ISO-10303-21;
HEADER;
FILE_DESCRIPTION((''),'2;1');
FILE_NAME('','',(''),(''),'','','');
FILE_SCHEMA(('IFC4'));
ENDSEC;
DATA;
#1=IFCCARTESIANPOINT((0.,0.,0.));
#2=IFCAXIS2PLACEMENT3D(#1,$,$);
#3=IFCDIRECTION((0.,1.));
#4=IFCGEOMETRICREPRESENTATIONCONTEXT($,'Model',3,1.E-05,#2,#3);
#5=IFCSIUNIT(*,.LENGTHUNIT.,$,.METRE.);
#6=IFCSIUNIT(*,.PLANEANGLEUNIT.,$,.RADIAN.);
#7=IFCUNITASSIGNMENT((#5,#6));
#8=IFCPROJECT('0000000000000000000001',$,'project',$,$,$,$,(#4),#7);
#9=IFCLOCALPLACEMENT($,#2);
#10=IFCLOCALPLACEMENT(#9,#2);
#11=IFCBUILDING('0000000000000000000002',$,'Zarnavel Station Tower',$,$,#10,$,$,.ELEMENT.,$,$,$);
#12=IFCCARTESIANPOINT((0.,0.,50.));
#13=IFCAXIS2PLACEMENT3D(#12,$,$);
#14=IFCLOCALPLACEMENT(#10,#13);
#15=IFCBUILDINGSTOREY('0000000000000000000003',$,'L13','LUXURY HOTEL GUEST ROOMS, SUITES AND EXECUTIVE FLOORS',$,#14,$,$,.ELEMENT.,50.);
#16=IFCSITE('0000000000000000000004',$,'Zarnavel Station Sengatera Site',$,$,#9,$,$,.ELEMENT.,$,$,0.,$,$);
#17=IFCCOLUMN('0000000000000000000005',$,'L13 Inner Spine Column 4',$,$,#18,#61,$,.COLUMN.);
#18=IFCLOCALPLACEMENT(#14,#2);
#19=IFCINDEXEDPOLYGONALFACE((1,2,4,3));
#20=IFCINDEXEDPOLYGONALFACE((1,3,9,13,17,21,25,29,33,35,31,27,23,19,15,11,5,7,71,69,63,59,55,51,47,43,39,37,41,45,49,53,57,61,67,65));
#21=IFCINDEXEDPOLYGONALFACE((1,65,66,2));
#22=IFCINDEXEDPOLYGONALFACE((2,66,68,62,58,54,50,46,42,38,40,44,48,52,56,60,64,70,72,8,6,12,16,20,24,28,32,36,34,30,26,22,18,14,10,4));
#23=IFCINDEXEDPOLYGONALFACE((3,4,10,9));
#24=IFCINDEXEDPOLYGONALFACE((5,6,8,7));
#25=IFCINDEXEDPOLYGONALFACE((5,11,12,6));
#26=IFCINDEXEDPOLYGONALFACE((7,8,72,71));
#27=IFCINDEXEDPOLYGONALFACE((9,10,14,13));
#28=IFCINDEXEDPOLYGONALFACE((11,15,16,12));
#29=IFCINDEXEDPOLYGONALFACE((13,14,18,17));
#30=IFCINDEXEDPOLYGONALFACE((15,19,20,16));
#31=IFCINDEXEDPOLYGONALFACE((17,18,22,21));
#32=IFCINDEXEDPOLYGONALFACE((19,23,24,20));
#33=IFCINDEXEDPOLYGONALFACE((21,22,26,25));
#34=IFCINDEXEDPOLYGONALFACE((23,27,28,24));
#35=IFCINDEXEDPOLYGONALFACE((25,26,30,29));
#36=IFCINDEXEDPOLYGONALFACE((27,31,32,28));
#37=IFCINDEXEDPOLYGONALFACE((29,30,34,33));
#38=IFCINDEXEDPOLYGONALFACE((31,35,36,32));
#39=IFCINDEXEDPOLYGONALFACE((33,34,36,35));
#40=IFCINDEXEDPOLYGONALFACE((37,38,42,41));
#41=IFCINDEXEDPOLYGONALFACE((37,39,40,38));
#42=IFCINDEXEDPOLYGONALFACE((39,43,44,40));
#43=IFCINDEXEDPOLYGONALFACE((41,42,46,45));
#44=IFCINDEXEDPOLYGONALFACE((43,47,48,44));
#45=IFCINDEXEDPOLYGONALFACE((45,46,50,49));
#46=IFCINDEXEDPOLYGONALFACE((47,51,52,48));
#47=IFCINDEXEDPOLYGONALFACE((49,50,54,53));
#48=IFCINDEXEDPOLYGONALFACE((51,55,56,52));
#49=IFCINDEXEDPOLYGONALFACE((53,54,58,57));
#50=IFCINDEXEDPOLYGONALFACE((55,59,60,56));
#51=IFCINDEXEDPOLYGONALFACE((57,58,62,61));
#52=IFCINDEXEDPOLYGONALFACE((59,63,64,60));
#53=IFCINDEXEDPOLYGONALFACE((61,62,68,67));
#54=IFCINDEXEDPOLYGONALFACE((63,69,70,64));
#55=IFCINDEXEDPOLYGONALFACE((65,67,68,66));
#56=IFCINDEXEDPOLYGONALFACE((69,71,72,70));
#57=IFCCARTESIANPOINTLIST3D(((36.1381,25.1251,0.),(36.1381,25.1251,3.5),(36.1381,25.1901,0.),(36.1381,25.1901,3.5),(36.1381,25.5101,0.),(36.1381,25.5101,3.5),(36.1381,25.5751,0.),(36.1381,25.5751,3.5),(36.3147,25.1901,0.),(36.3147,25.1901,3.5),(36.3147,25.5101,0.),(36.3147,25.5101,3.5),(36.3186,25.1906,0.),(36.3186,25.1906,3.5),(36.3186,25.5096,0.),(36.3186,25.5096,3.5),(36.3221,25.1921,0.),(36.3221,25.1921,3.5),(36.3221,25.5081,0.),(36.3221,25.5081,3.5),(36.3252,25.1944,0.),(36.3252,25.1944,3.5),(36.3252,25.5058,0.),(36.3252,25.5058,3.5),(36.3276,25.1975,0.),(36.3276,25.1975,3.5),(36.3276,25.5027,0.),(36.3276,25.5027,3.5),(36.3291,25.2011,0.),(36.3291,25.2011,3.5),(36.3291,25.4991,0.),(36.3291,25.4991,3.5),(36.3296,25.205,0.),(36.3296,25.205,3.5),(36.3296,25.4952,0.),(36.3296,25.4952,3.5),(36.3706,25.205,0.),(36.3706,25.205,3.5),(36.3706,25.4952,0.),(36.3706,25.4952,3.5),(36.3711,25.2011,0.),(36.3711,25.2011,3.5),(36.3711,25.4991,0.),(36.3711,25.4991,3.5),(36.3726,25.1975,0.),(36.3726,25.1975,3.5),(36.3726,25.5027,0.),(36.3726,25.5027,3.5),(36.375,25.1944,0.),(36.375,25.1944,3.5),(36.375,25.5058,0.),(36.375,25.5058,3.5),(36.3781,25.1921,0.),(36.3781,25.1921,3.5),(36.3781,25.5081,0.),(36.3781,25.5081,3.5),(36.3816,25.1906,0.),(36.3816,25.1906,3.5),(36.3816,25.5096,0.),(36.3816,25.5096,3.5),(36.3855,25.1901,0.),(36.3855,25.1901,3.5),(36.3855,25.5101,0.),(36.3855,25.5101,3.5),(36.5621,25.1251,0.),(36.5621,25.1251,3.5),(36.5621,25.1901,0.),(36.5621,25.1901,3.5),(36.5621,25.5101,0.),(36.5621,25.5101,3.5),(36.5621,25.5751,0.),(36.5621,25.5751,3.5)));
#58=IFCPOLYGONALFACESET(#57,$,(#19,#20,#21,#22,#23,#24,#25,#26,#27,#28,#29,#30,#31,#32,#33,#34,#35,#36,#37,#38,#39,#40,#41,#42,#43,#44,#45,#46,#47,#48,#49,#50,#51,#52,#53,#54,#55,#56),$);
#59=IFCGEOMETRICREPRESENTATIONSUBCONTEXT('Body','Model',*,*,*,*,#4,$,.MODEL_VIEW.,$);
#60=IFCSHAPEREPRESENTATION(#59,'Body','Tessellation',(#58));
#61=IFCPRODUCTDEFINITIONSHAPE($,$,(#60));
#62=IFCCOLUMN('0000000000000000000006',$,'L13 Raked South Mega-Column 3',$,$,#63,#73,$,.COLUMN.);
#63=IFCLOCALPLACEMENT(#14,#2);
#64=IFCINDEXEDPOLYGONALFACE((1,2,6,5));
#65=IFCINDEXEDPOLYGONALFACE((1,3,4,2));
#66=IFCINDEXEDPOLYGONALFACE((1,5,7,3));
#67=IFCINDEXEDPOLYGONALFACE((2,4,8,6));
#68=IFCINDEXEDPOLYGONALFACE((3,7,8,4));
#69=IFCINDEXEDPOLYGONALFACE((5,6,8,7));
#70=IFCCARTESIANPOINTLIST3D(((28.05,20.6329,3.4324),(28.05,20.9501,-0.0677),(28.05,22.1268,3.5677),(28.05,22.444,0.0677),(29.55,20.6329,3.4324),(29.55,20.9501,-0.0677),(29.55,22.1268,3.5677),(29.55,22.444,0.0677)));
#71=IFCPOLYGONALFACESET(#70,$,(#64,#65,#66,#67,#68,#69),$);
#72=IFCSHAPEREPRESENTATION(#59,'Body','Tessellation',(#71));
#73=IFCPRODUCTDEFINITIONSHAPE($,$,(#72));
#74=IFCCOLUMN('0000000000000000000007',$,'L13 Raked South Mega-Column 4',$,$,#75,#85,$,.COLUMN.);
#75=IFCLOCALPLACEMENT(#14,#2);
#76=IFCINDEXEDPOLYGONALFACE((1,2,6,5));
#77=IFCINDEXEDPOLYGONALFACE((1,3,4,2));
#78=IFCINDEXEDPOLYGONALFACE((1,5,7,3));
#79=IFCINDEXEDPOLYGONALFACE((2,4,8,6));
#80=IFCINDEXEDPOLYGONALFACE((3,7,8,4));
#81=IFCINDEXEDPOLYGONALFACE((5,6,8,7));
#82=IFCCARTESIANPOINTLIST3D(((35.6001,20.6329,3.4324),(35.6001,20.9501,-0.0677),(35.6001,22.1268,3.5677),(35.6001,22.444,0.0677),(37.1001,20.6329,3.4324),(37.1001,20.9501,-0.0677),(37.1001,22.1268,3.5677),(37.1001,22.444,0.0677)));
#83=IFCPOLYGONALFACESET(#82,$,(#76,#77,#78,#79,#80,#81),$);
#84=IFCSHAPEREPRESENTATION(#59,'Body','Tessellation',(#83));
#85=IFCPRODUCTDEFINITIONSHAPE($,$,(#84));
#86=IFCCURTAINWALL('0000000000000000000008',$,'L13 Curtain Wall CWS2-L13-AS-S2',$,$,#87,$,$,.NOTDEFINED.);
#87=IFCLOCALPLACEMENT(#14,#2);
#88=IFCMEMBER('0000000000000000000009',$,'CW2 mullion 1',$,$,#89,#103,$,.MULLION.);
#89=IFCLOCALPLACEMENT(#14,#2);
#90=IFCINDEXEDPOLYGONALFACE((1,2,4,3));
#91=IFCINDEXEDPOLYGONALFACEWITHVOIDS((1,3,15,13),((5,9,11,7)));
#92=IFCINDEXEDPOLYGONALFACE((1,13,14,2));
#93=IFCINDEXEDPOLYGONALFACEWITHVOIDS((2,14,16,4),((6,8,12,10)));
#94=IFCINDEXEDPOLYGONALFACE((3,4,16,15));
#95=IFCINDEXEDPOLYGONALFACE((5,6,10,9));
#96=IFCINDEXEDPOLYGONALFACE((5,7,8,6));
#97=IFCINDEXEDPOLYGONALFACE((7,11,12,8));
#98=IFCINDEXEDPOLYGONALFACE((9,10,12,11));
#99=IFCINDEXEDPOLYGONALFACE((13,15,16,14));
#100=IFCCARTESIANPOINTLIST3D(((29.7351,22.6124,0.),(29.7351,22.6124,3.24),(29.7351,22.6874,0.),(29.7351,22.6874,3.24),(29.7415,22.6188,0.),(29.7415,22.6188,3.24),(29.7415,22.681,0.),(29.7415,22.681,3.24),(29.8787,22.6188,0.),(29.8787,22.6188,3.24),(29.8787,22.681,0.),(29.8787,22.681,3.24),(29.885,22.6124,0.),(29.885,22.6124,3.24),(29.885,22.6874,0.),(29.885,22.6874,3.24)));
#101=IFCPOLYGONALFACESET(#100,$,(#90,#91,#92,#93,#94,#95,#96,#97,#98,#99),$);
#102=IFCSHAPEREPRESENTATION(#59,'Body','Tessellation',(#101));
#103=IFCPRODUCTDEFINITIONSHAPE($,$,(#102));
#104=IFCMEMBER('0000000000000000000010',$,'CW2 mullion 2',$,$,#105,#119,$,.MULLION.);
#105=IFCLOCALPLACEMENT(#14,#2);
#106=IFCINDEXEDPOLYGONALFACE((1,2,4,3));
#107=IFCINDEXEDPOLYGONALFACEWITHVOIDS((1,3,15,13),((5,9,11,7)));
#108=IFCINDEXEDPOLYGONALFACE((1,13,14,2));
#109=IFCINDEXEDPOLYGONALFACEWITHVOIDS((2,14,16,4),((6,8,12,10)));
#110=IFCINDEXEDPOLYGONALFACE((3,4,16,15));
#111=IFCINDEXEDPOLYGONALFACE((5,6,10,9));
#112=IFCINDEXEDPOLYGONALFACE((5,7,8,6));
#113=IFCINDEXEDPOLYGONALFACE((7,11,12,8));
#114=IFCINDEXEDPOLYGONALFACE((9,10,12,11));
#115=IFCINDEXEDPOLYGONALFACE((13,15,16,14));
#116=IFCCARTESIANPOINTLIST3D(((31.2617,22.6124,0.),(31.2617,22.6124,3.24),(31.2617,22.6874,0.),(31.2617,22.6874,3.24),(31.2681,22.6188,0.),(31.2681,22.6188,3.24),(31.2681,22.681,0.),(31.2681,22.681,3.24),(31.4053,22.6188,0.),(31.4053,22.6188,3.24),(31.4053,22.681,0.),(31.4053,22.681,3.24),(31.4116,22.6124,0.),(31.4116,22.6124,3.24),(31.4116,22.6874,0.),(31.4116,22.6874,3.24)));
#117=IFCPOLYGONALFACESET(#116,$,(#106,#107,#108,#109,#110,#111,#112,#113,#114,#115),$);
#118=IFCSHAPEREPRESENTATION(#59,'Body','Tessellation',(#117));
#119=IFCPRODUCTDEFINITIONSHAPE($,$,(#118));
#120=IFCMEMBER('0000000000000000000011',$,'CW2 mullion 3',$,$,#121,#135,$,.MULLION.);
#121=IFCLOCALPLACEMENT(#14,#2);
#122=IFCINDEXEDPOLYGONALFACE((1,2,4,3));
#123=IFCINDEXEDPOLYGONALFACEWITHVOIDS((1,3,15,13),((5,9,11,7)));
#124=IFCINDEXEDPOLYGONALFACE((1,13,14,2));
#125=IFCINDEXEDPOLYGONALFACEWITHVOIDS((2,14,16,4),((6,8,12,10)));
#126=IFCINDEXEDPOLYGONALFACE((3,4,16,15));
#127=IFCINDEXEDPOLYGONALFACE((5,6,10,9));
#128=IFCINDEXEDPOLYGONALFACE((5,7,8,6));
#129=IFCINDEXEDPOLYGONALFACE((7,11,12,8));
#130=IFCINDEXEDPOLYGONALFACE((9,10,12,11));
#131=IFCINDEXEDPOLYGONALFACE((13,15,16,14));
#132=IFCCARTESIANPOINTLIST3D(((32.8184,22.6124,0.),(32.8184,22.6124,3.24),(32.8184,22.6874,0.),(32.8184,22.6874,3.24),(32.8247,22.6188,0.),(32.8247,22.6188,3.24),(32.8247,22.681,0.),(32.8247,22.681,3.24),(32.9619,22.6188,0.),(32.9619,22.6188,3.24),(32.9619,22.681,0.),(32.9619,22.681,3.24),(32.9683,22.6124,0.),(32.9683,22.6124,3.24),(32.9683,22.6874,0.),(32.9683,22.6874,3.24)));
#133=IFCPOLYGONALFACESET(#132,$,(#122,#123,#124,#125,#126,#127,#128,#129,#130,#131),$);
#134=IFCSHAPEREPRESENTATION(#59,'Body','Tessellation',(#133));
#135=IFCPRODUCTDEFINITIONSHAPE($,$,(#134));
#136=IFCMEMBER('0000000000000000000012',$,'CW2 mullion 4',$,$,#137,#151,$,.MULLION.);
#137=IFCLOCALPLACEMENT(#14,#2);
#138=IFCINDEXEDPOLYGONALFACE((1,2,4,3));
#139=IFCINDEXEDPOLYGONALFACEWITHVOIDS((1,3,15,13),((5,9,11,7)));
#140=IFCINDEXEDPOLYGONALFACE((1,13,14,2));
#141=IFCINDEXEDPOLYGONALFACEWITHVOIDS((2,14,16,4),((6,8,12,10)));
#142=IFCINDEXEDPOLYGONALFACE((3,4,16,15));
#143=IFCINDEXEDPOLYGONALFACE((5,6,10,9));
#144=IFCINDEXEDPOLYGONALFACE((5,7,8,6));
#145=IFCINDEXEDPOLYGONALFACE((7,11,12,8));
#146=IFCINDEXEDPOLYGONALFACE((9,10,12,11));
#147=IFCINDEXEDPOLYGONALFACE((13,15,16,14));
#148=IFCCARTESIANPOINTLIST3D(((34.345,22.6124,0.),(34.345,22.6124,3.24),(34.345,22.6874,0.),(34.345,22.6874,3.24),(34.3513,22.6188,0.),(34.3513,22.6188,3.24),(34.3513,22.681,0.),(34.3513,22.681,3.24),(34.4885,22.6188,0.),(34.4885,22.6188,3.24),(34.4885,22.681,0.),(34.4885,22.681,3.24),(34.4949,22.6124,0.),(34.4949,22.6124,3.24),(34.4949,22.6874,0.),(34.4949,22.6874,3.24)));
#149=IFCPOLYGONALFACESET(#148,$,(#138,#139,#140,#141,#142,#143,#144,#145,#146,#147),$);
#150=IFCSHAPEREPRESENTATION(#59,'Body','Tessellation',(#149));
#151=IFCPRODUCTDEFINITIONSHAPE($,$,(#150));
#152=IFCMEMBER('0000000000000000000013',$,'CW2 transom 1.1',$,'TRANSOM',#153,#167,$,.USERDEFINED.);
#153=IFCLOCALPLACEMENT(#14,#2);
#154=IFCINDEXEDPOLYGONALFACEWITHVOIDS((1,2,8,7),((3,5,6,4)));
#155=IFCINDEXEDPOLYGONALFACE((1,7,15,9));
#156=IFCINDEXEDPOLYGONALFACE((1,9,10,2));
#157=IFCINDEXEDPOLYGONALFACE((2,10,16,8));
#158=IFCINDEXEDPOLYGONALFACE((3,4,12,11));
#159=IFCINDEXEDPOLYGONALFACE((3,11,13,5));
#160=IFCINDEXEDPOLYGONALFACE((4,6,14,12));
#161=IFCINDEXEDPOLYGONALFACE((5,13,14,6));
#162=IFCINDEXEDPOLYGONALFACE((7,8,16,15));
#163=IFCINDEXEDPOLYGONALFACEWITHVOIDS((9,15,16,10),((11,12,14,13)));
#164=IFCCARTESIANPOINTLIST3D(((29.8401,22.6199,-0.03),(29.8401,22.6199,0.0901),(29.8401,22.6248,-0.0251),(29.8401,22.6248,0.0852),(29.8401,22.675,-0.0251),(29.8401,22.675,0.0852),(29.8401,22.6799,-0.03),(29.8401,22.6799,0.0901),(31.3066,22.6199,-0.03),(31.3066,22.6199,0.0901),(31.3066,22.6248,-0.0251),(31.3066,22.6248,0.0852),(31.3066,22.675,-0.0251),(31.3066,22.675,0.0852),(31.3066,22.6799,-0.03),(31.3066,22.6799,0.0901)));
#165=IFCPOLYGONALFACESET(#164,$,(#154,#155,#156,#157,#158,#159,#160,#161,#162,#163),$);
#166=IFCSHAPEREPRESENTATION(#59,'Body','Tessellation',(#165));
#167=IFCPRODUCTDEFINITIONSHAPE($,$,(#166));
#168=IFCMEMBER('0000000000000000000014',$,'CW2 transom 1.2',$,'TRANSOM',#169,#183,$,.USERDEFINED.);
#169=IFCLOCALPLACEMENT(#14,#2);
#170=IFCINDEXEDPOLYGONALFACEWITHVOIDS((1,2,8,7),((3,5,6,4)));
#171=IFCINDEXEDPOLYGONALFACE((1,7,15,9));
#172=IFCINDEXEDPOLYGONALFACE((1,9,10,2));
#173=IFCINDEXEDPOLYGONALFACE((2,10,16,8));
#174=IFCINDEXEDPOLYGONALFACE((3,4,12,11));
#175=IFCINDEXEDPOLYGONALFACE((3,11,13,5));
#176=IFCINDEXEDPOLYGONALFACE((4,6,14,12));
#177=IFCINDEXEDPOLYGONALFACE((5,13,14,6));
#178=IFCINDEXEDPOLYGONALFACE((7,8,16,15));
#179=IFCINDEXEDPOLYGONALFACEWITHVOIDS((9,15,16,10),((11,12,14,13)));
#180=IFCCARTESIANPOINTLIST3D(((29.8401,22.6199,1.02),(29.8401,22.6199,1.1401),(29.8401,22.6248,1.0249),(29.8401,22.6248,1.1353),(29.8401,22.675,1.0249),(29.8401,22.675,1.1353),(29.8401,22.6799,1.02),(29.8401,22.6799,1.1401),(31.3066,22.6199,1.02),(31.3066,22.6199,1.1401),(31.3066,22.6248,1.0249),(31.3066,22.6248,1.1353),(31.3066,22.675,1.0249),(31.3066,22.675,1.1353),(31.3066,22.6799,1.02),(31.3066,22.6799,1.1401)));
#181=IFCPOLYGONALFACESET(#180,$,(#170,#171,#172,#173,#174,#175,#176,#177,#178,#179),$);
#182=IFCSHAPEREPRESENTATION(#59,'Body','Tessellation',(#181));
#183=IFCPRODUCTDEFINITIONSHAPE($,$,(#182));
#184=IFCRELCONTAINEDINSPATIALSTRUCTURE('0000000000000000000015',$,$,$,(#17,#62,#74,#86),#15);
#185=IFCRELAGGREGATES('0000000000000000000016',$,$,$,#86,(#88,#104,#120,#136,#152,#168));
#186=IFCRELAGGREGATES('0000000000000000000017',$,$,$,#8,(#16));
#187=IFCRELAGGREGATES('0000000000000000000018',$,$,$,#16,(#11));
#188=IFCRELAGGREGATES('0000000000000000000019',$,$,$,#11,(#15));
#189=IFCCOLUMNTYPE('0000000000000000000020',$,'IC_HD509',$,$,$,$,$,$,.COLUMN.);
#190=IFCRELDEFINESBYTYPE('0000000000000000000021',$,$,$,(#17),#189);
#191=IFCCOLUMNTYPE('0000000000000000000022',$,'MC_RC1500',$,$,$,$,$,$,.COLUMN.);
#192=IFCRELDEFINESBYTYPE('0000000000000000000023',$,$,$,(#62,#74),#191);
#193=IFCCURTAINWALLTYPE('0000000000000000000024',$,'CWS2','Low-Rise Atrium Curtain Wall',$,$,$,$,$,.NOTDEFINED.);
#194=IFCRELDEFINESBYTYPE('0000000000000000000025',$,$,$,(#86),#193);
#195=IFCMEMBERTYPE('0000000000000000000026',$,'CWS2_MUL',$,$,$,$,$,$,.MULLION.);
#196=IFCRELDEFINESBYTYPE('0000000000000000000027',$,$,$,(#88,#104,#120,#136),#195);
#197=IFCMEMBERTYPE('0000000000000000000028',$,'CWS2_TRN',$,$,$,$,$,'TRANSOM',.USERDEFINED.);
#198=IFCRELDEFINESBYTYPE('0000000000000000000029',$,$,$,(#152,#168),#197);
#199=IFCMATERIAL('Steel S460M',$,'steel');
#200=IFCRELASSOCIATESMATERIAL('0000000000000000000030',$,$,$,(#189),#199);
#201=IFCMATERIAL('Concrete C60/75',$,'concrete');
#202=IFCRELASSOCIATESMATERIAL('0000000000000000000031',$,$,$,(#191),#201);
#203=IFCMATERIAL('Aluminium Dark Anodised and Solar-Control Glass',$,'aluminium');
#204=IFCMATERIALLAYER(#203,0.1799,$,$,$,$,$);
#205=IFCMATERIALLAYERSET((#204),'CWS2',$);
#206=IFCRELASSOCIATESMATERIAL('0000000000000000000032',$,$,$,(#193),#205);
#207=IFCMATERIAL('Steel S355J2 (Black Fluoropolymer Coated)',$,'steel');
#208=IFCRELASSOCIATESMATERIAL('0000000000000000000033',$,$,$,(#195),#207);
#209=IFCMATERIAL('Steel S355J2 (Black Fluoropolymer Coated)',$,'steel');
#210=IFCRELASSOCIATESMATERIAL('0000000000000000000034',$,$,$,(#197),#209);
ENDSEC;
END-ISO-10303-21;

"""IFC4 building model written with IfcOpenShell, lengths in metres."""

from ifc_helpers import new_model, si_unit, direction, frame, origin, origin_2d, place, context, subcontext, project, spatial, rectangle, hollow_rectangle, i_section, extrude, material, layer, layer_set, material_profile, profile_set, type_object, element, aggregate, save


model = new_model("IFC4")

# Units and contexts
model_context = context("Model", 3, precision=1e-05, world=origin(), true_north=direction((0.0, 1.0)))
body_context = subcontext(model_context, "Body", "Model", "MODEL_VIEW")
ifc_project = project(units=[si_unit("LENGTHUNIT", "METRE"), si_unit("PLANEANGLEUNIT", "RADIAN")], contexts=[model_context])

# Site, building, storey
site_placement = place(None, origin())
site = spatial("IfcSite", under=ifc_project, at=site_placement, Name="Zarnavel Station Sengatera Site", CompositionType="ELEMENT", RefElevation=0.0)
building_placement = place(site_placement, origin())
building = spatial("IfcBuilding", under=site, at=building_placement, Name="Zarnavel Station Tower", CompositionType="ELEMENT")
storey_placement = place(building_placement, frame((0.0, 0.0, 50.0)))
storey = spatial("IfcBuildingStorey", under=building, at=storey_placement, Name="L13", Description="LUXURY HOTEL GUEST ROOMS, SUITES AND EXECUTIVE FLOORS", CompositionType="ELEMENT", Elevation=50.0)

# Columns
ifc_material_1 = material(Name="Steel S460M", Category="steel")
ifc_material_profile_1 = material_profile(ifc_material_1, i_section(OverallWidth=0.4241, OverallDepth=0.45, WebThickness=0.041, FlangeThickness=0.0649, FilletRadius=0.0149, at=origin_2d()), Name="HD400x509")
ifc_profile_set_1 = profile_set([ifc_material_profile_1], Name="Steel S460M")
column_type_1 = type_object("IfcColumnType", Name="IC_HD509", PredefinedType="COLUMN", material=ifc_profile_set_1)
column_placement = place(storey_placement, frame((36.3501, 25.3501, 0.0), z_axis=(0.0, 0.0, 1.0), x_axis=(1.0, 0.0, 0.0)))
element("IfcColumn", 1, at=column_placement, inside=storey, type_object=column_type_1, Name="L13 Inner Spine Column 4", PredefinedType="COLUMN", context=body_context, shape_type="SweptSolid", body=[
    extrude(i_section(OverallWidth=0.4241, OverallDepth=0.45, WebThickness=0.041, FlangeThickness=0.0649, FilletRadius=0.0149, at=origin_2d()), origin(), (0.0, 0.0, 1.0), 3.5),
])
ifc_material_2 = material(Name="Concrete C60/75", Category="concrete")
ifc_material_profile_2 = material_profile(ifc_material_2, rectangle(XDim=1.5, YDim=1.5, at=origin_2d()), Name="RC1500x1500")
ifc_profile_set_2 = profile_set([ifc_material_profile_2], Name="Concrete C60/75")
column_type_2 = type_object("IfcColumnType", Name="MC_RC1500", PredefinedType="COLUMN", material=ifc_profile_set_2)
for number, where, z_axis, x_axis, name in (
    (2, (28.8, 21.697, 0.0), (0.0, -0.090241, 0.99592), (1.0, 0.0, 0.0), "L13 Raked South Mega-Column 3"),
    (3, (36.3501, 21.697, 0.0), (0.0, -0.090241, 0.99592), (1.0, 0.0, 0.0), "L13 Raked South Mega-Column 4"),
):
    element("IfcColumn", number, at=place(storey_placement, frame(where, z_axis=z_axis, x_axis=x_axis)), inside=storey, type_object=column_type_2, Name=name, PredefinedType="COLUMN", context=body_context, shape_type="SweptSolid", body=[
        extrude(rectangle(XDim=1.5, YDim=1.5, at=origin_2d()), origin(), (0.0, 0.0, 1.0), 3.5144),
    ])

# Curtain wall, members
ifc_material_3 = material(Name="Aluminium Dark Anodised and Solar-Control Glass", Category="aluminium")
ifc_layer_1 = layer(ifc_material_3, 0.1799)
ifc_layer_set_1 = layer_set([ifc_layer_1], Name="CWS2")
curtain_wall_type = type_object("IfcCurtainWallType", Name="CWS2", Description="Low-Rise Atrium Curtain Wall", PredefinedType="NOTDEFINED", material=ifc_layer_set_1)
curtain_wall_placement = place(storey_placement, origin())
curtain_wall = element("IfcCurtainWall", 4, at=curtain_wall_placement, inside=storey, type_object=curtain_wall_type, Name="L13 Curtain Wall CWS2-L13-AS-S2", PredefinedType="NOTDEFINED")
ifc_material_4 = material(Name="Steel S355J2 (Black Fluoropolymer Coated)", Category="steel")
ifc_material_profile_3 = material_profile(ifc_material_4, hollow_rectangle(XDim=0.075, YDim=0.1499, WallThickness=0.0063, at=origin_2d()), Name="RHS150x75x6.3")
ifc_profile_set_3 = profile_set([ifc_material_profile_3], Name="Steel S355J2 (Black Fluoropolymer Coated)")
member_type_1 = type_object("IfcMemberType", Name="CWS2_MUL", PredefinedType="MULLION", material=ifc_profile_set_3)
member_1_placement = place(storey_placement, frame((29.8101, 22.6499, 0.0), z_axis=(0.0, 0.0, 1.0), x_axis=(0.0, 1.0, 0.0)))
member_1 = element("IfcMember", 5, at=member_1_placement, type_object=member_type_1, Name="CW2 mullion 1", PredefinedType="MULLION", context=body_context, shape_type="SweptSolid", body=[
    extrude(hollow_rectangle(XDim=0.075, YDim=0.1499, WallThickness=0.0063, at=origin_2d()), origin(), (0.0, 0.0, 1.0), 3.24),
])
member_2_placement = place(storey_placement, frame((31.3367, 22.6499, 0.0), z_axis=(0.0, 0.0, 1.0), x_axis=(0.0, 1.0, 0.0)))
member_2 = element("IfcMember", 6, at=member_2_placement, type_object=member_type_1, Name="CW2 mullion 2", PredefinedType="MULLION", context=body_context, shape_type="SweptSolid", body=[
    extrude(hollow_rectangle(XDim=0.075, YDim=0.1499, WallThickness=0.0063, at=origin_2d()), origin(), (0.0, 0.0, 1.0), 3.24),
])
member_3_placement = place(storey_placement, frame((32.8933, 22.6499, 0.0), z_axis=(0.0, 0.0, 1.0), x_axis=(0.0, 1.0, 0.0)))
member_3 = element("IfcMember", 7, at=member_3_placement, type_object=member_type_1, Name="CW2 mullion 3", PredefinedType="MULLION", context=body_context, shape_type="SweptSolid", body=[
    extrude(hollow_rectangle(XDim=0.075, YDim=0.1499, WallThickness=0.0063, at=origin_2d()), origin(), (0.0, 0.0, 1.0), 3.24),
])
member_4_placement = place(storey_placement, frame((34.4199, 22.6499, 0.0), z_axis=(0.0, 0.0, 1.0), x_axis=(0.0, 1.0, 0.0)))
member_4 = element("IfcMember", 8, at=member_4_placement, type_object=member_type_1, Name="CW2 mullion 4", PredefinedType="MULLION", context=body_context, shape_type="SweptSolid", body=[
    extrude(hollow_rectangle(XDim=0.075, YDim=0.1499, WallThickness=0.0063, at=origin_2d()), origin(), (0.0, 0.0, 1.0), 3.24),
])
ifc_material_5 = material(Name="Steel S355J2 (Black Fluoropolymer Coated)", Category="steel")
ifc_material_profile_4 = material_profile(ifc_material_5, hollow_rectangle(XDim=0.0601, YDim=0.1201, WallThickness=0.0049, at=origin_2d()), Name="RHS120x60x5")
ifc_profile_set_4 = profile_set([ifc_material_profile_4], Name="Steel S355J2 (Black Fluoropolymer Coated)")
member_type_2 = type_object("IfcMemberType", Name="CWS2_TRN", ElementType="TRANSOM", PredefinedType="USERDEFINED", material=ifc_profile_set_4)
member_5_placement = place(storey_placement, frame((29.8401, 22.6499, 0.03), z_axis=(1.0, 0.0, 0.0), x_axis=(0.0, 1.0, 0.0)))
member_5 = element("IfcMember", 9, at=member_5_placement, type_object=member_type_2, Name="CW2 transom 1.1", ObjectType="TRANSOM", PredefinedType="USERDEFINED", context=body_context, shape_type="SweptSolid", body=[
    extrude(hollow_rectangle(XDim=0.0601, YDim=0.1201, WallThickness=0.0049, at=origin_2d()), origin(), (0.0, 0.0, 1.0), 1.4666),
])
member_6_placement = place(storey_placement, frame((29.8401, 22.6499, 1.0801), z_axis=(1.0, 0.0, 0.0), x_axis=(0.0, 1.0, 0.0)))
member_6 = element("IfcMember", 10, at=member_6_placement, type_object=member_type_2, Name="CW2 transom 1.2", ObjectType="TRANSOM", PredefinedType="USERDEFINED", context=body_context, shape_type="SweptSolid", body=[
    extrude(hollow_rectangle(XDim=0.0601, YDim=0.1201, WallThickness=0.0049, at=origin_2d()), origin(), (0.0, 0.0, 1.0), 1.4666),
])

aggregate(curtain_wall, [member_1, member_2, member_3, member_4, member_5, member_6])

save(model, "model.ifc")
